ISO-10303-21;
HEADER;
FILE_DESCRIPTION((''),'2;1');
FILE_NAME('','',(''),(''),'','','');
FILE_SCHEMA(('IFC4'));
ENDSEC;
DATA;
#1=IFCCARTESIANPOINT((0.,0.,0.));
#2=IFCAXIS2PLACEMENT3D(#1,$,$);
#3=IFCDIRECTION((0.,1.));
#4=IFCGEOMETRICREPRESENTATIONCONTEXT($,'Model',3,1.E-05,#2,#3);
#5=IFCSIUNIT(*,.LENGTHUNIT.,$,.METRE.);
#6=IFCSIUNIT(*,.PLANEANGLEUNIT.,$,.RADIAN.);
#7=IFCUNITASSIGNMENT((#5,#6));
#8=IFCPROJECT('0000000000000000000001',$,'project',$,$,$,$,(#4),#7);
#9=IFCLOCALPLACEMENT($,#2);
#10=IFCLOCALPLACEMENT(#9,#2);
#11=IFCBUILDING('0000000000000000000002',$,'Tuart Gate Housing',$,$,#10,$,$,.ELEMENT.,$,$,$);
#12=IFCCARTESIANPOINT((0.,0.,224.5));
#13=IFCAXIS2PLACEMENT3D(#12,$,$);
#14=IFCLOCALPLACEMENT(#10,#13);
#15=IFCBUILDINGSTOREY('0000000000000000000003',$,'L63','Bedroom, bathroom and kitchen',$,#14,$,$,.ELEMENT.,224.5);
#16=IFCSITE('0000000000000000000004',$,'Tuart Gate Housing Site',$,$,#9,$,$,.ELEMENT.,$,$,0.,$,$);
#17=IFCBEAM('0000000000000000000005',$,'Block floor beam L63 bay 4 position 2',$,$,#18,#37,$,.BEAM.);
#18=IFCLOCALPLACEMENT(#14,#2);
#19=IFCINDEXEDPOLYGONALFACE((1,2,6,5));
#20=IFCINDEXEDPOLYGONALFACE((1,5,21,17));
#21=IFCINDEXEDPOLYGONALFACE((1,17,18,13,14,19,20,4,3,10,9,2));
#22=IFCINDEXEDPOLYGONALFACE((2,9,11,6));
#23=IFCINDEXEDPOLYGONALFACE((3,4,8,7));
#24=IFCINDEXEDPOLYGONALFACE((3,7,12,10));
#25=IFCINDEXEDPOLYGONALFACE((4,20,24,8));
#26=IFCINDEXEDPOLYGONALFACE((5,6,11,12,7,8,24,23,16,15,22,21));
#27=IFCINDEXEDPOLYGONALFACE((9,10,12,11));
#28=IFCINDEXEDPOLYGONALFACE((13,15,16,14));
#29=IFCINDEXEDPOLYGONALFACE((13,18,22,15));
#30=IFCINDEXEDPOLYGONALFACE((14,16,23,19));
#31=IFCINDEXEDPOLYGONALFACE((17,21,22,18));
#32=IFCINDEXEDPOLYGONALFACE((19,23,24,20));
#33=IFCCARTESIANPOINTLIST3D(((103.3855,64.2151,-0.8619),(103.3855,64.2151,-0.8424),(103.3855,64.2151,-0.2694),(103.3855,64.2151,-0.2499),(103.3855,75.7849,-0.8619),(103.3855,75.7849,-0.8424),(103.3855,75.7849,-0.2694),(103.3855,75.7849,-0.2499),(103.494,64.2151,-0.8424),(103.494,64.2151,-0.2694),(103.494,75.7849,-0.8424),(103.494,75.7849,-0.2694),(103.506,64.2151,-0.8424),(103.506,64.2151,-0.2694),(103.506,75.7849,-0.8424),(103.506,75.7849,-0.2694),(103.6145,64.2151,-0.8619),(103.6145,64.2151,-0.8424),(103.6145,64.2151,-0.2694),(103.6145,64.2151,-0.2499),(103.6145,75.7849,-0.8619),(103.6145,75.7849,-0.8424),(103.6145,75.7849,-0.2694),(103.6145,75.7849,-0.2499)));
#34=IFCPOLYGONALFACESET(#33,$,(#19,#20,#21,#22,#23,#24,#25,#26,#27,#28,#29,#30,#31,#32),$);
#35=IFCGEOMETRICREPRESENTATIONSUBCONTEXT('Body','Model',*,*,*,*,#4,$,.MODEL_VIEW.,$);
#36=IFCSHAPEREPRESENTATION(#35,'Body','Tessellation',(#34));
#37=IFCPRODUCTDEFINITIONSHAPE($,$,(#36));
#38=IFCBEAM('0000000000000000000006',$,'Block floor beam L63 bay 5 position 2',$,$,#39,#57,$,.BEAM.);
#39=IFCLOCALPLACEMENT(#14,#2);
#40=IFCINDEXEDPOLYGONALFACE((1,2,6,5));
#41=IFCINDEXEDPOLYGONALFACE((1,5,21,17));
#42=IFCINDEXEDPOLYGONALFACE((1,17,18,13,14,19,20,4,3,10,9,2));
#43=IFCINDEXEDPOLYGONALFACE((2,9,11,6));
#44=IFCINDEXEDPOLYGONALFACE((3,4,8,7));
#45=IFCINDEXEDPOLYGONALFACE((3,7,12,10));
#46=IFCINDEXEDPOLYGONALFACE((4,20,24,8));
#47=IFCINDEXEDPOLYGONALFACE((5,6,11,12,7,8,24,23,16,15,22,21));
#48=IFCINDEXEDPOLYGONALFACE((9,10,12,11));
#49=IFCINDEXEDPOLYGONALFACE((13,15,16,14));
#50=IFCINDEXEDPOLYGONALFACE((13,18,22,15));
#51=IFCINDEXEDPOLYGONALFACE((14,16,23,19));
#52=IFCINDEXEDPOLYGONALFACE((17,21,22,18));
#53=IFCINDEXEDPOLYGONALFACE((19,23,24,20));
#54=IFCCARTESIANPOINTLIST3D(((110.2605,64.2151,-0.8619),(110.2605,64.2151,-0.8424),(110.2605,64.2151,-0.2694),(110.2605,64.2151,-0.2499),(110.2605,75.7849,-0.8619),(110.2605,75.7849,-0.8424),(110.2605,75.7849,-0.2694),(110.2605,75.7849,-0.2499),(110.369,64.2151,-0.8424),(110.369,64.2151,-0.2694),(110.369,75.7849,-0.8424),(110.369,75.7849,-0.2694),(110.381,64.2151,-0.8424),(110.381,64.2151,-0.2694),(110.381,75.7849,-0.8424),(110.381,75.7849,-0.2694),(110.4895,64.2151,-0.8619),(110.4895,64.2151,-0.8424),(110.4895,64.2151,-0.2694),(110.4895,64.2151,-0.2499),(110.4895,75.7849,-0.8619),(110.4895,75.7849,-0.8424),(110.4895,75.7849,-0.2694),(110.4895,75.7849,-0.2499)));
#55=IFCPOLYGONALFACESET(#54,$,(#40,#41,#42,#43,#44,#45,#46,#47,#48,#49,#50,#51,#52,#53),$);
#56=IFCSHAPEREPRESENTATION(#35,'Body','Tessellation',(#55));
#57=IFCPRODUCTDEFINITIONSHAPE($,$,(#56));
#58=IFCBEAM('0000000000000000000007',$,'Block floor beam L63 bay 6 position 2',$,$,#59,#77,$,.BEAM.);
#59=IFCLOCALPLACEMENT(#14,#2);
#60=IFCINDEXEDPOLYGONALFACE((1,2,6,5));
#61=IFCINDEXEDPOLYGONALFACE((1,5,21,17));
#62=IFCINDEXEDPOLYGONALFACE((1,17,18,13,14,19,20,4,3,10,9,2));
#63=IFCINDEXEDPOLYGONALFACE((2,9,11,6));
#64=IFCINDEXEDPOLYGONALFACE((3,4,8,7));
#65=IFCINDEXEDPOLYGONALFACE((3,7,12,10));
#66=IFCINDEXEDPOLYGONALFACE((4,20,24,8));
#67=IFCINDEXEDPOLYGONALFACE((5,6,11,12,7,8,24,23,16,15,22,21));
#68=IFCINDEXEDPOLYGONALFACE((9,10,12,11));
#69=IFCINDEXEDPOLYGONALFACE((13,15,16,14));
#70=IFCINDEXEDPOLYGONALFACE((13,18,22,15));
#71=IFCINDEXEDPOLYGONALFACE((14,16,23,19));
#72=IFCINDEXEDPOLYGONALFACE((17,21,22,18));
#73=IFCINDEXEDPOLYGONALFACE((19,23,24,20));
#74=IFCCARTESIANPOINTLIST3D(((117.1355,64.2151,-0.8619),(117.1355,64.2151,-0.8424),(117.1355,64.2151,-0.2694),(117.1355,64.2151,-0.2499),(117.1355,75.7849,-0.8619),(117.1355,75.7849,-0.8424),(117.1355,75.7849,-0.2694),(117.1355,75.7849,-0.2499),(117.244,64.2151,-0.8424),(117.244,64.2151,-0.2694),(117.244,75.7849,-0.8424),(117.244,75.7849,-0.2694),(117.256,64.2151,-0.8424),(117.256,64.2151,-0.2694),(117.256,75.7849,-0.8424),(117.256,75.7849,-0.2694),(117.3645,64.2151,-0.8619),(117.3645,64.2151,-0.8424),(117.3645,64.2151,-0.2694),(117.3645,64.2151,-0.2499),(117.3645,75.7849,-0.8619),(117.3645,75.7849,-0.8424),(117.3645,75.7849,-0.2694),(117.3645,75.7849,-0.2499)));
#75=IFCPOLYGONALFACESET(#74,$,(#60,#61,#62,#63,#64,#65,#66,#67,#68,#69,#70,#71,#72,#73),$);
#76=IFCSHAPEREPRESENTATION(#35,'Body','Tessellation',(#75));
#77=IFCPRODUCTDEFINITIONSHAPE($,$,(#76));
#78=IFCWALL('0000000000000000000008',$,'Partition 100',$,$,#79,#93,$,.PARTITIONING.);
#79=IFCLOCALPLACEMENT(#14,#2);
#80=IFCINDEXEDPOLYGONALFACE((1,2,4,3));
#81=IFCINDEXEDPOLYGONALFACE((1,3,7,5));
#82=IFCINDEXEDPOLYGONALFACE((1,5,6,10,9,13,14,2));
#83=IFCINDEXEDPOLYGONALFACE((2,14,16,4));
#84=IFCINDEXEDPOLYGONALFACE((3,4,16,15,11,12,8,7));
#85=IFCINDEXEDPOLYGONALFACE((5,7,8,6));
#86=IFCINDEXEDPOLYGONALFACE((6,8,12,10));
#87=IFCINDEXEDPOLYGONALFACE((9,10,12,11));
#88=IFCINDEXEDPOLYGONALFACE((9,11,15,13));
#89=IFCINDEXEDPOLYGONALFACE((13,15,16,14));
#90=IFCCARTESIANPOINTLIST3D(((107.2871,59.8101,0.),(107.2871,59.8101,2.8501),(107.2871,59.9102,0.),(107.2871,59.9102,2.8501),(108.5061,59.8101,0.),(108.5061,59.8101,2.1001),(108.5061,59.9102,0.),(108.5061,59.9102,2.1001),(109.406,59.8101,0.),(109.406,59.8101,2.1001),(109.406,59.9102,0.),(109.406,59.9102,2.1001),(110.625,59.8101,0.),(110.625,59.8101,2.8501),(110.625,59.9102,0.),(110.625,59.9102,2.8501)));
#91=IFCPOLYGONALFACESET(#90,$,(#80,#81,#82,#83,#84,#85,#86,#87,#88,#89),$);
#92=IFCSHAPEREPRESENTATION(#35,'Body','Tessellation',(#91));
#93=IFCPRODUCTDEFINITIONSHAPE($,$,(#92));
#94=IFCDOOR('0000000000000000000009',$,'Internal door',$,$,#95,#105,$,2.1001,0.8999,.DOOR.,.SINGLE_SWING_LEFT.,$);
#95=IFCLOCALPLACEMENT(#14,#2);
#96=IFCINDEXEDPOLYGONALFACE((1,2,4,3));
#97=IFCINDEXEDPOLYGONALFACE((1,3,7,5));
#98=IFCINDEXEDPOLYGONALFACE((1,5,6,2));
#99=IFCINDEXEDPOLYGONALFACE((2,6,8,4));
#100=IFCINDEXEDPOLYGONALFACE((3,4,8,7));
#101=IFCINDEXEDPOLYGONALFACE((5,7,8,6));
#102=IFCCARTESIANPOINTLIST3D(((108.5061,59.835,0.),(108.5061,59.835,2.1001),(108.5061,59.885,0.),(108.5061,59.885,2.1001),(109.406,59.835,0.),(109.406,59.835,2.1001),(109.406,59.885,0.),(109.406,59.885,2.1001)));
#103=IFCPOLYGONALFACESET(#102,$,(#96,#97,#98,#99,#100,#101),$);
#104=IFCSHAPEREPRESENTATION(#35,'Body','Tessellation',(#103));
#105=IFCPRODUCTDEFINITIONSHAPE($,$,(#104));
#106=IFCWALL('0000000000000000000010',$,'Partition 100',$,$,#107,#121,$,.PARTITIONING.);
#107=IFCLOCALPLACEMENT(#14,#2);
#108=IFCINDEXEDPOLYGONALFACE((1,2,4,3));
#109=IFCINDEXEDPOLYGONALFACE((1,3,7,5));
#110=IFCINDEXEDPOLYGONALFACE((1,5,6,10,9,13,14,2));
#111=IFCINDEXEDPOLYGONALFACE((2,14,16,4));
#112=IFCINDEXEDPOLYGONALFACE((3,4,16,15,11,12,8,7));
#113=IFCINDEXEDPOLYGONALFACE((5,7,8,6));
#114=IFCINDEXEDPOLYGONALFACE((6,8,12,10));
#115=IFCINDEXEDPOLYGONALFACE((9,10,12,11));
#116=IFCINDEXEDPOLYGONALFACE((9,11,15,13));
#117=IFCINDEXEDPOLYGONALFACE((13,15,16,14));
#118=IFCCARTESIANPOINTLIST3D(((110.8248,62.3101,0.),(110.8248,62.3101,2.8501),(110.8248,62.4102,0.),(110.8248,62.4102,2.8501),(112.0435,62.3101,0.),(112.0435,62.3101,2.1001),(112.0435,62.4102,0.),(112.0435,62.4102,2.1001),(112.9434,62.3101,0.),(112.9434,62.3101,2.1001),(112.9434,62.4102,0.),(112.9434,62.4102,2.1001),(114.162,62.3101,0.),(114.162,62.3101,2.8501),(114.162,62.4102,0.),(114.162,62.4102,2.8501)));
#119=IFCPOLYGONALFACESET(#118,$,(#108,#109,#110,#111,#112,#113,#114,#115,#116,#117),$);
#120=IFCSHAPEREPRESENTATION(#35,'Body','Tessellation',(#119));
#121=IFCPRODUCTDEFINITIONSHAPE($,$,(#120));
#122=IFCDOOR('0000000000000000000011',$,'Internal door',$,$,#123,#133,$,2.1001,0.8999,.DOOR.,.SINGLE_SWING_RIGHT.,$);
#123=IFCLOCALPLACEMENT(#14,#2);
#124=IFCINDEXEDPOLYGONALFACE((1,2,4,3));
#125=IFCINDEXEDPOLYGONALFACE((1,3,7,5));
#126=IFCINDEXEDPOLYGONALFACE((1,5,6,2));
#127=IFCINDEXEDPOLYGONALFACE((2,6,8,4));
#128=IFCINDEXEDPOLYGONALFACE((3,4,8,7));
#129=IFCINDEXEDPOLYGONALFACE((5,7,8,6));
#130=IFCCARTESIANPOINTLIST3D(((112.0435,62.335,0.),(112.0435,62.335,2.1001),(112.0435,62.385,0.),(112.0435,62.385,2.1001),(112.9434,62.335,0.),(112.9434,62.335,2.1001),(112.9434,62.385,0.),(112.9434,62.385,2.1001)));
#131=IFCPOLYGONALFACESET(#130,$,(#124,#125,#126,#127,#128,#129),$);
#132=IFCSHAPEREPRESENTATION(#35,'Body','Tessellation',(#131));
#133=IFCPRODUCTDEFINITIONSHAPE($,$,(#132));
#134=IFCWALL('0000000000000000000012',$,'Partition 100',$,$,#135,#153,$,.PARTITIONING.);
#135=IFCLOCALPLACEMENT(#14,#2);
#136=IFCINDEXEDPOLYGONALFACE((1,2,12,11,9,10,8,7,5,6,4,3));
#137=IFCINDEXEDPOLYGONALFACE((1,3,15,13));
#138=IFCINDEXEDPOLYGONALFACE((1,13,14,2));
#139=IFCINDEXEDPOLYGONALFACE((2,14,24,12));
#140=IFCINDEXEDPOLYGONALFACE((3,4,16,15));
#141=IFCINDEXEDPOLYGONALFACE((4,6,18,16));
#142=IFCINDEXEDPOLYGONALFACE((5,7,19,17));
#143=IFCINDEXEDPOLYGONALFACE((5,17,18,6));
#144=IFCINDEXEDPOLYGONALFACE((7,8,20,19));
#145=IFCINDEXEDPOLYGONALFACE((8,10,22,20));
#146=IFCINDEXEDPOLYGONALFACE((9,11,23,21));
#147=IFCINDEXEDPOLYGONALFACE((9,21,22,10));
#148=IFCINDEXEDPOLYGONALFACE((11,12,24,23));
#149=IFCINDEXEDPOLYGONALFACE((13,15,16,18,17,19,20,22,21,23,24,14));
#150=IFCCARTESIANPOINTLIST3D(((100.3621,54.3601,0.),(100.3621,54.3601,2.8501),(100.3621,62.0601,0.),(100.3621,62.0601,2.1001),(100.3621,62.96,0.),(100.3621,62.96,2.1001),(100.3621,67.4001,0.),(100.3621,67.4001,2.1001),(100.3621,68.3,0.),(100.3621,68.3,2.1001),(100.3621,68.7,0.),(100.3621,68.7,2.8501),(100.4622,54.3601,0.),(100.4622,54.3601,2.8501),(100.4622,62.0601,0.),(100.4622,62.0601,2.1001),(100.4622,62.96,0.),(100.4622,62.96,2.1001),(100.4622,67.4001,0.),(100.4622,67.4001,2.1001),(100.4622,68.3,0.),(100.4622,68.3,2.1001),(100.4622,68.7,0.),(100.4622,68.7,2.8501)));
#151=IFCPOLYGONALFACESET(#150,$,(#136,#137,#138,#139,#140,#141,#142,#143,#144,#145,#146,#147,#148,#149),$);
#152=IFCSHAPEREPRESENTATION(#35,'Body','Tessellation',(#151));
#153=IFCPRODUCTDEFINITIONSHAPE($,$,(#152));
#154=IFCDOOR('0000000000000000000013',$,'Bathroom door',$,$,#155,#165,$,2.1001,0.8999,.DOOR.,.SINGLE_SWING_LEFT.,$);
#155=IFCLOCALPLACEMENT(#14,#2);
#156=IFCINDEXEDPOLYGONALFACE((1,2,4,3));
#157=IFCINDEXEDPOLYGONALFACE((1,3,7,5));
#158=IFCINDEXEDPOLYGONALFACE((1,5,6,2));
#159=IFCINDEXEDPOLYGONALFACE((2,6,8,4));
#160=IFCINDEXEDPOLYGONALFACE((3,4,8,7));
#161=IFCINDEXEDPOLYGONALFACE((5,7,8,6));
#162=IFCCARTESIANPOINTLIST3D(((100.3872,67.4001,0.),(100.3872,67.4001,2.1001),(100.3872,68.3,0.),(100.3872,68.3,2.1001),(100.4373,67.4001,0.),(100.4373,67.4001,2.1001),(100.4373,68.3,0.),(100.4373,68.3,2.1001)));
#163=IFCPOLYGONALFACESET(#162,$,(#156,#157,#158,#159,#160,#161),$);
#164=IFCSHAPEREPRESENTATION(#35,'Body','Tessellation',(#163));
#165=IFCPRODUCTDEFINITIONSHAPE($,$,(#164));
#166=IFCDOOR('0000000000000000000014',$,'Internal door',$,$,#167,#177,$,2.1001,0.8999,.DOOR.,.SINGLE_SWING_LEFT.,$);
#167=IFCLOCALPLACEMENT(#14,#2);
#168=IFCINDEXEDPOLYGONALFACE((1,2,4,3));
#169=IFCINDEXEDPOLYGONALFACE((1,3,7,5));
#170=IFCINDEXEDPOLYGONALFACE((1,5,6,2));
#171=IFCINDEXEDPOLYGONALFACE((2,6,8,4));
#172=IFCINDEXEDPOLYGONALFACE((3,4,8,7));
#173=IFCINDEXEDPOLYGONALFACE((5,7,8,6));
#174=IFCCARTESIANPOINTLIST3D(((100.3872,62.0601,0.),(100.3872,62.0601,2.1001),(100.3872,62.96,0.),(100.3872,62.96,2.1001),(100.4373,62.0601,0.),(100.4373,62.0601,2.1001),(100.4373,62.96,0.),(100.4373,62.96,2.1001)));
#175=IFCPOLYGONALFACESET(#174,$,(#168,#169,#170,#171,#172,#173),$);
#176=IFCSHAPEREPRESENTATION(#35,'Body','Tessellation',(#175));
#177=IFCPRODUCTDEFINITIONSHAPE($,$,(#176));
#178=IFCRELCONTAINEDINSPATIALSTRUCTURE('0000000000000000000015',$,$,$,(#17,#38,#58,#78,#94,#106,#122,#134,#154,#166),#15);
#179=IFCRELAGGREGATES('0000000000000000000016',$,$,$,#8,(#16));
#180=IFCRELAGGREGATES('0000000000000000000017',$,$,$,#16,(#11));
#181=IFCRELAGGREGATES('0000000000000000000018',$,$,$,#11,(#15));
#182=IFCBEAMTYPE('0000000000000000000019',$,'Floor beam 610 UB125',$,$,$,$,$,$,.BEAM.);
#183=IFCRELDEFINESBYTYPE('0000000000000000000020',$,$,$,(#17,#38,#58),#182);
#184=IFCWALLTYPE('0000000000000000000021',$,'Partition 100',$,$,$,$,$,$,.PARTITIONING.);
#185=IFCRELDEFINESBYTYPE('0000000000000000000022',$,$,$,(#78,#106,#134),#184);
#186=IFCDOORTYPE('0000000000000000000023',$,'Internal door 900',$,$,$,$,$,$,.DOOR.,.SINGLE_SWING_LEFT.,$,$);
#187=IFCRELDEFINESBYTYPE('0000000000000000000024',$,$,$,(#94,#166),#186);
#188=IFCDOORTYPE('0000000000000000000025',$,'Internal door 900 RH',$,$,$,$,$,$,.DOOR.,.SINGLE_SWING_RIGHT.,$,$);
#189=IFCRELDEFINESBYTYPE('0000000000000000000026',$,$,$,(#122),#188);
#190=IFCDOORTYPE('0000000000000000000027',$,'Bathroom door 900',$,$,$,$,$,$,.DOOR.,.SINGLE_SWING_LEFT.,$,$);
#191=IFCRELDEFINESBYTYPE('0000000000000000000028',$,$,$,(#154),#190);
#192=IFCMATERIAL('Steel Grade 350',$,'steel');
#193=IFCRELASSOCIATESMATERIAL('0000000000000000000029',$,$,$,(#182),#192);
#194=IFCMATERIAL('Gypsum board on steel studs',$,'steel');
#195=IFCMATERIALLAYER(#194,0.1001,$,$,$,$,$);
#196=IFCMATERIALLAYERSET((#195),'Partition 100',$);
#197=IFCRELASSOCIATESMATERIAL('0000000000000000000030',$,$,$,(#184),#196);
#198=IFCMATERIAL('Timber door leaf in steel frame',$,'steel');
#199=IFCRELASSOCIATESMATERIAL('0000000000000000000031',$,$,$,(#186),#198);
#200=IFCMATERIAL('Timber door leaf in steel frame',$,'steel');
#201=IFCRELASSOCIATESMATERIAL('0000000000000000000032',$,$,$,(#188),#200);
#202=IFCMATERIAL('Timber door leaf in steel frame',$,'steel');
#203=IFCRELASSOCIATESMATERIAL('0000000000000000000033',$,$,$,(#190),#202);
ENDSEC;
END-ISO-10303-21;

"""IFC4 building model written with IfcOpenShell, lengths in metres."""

from ifc_helpers import new_model, si_unit, direction, frame, frame_2d, origin, origin_2d, place, context, subcontext, project, spatial, rectangle, i_section, extrude, material, layer, layer_set, material_profile, profile_set, type_object, element, fill, save


model = new_model("IFC4")

# Units and contexts
model_context = context("Model", 3, precision=1e-05, world=origin(), true_north=direction((0.0, 1.0)))
body_context = subcontext(model_context, "Body", "Model", "MODEL_VIEW")
ifc_project = project(units=[si_unit("LENGTHUNIT", "METRE"), si_unit("PLANEANGLEUNIT", "RADIAN")], contexts=[model_context])

# Site, building, storey
site_placement = place(None, origin())
site = spatial("IfcSite", under=ifc_project, at=site_placement, Name="Tuart Gate Housing Site", CompositionType="ELEMENT", RefElevation=0.0)
building_placement = place(site_placement, origin())
building = spatial("IfcBuilding", under=site, at=building_placement, Name="Tuart Gate Housing", CompositionType="ELEMENT")
storey_placement = place(building_placement, frame((0.0, 0.0, 224.5)))
storey = spatial("IfcBuildingStorey", under=building, at=storey_placement, Name="L63", Description="Bedroom, bathroom and kitchen", CompositionType="ELEMENT", Elevation=224.5)

# Beams
ifc_material_1 = material(Name="Steel Grade 350", Category="steel")
ifc_material_profile_1 = material_profile(ifc_material_1, i_section(OverallWidth=0.229, OverallDepth=0.6121, WebThickness=0.012, FlangeThickness=0.0195, at=origin_2d()), Name="610UB125")
ifc_profile_set_1 = profile_set([ifc_material_profile_1], Name="Steel Grade 350")
beam_type_1 = type_object("IfcBeamType", Name="Floor beam 610 UB125", PredefinedType="BEAM", material=ifc_profile_set_1)
for number, where, z_axis, x_axis, name in (
    (1, (103.5, 64.2151, -0.5559), (0.0, 1.0, 0.0), (-1.0, 0.0, 0.0), "Block floor beam L63 bay 4 position 2"),
    (2, (110.375, 64.2151, -0.5559), (0.0, 1.0, 0.0), (-1.0, 0.0, 0.0), "Block floor beam L63 bay 5 position 2"),
    (3, (117.25, 64.2151, -0.5559), (0.0, 1.0, 0.0), (-1.0, 0.0, 0.0), "Block floor beam L63 bay 6 position 2"),
):
    element("IfcBeam", number, at=place(storey_placement, frame(where, z_axis=z_axis, x_axis=x_axis)), inside=storey, type_object=beam_type_1, Name=name, PredefinedType="BEAM", context=body_context, shape_type="SweptSolid", body=[
        extrude(i_section(OverallWidth=0.229, OverallDepth=0.6121, WebThickness=0.012, FlangeThickness=0.0195, at=origin_2d()), origin(), (0.0, 0.0, 1.0), 11.5698),
    ])

# Walls, openings, doors
ifc_material_2 = material(Name="Gypsum board on steel studs", Category="steel")
ifc_layer_1 = layer(ifc_material_2, 0.1001)
ifc_layer_set_1 = layer_set([ifc_layer_1], Name="Partition 100")
wall_type_1 = type_object("IfcWallType", Name="Partition 100", PredefinedType="PARTITIONING", material=ifc_layer_set_1)
wall_1_placement = place(storey_placement, frame((107.2871, 59.8601, 0.0), z_axis=(0.0, 0.0, 1.0), x_axis=(1.0, 0.0, 0.0)))
wall_1 = element("IfcWall", 4, at=wall_1_placement, inside=storey, type_object=wall_type_1, Name="Partition 100", PredefinedType="PARTITIONING", context=body_context, shape_type="SweptSolid", body=[
    extrude(rectangle(XDim=3.3379, YDim=0.1001, at=frame_2d((1.6689, 0.0))), origin(), (0.0, 0.0, 1.0), 2.8501),
])
opening_1_placement = place(wall_1_placement, frame((1.219, 0.0, 0.0)))
opening_1 = element("IfcOpeningElement", 5, at=opening_1_placement, cuts=wall_1, PredefinedType="OPENING", context=body_context, shape_type="SweptSolid", body=[
    extrude(rectangle(XDim=0.8999, YDim=2.1001, at=frame_2d((0.45, 1.05))), frame((0.0, 0.0601, 0.0), z_axis=(0.0, -1.0, 0.0), x_axis=(1.0, 0.0, 0.0)), (0.0, 0.0, 1.0), 0.1201),
])
ifc_material_3 = material(Name="Timber door leaf in steel frame", Category="steel")
door_type_1 = type_object("IfcDoorType", Name="Internal door 900", OperationType="SINGLE_SWING_LEFT", PredefinedType="DOOR", material=ifc_material_3)
door_1_placement = place(opening_1_placement, origin())
door_1 = element("IfcDoor", 6, at=door_1_placement, inside=storey, type_object=door_type_1, Name="Internal door", OperationType="SINGLE_SWING_LEFT", OverallHeight=2.1001, OverallWidth=0.8999, PredefinedType="DOOR", context=body_context, shape_type="SweptSolid", body=[
    extrude(rectangle(XDim=0.8999, YDim=2.1001, at=frame_2d((0.45, 1.05))), frame((0.0, 0.0249, 0.0), z_axis=(0.0, -1.0, 0.0), x_axis=(1.0, 0.0, 0.0)), (0.0, 0.0, 1.0), 0.05),
])
fill(opening_1, door_1)
wall_2_placement = place(storey_placement, frame((110.825, 62.3601, 0.0), z_axis=(0.0, 0.0, 1.0), x_axis=(1.0, 0.0, 0.0)))
wall_2 = element("IfcWall", 7, at=wall_2_placement, inside=storey, type_object=wall_type_1, Name="Partition 100", PredefinedType="PARTITIONING", context=body_context, shape_type="SweptSolid", body=[
    extrude(rectangle(XDim=3.3372, YDim=0.1001, at=frame_2d((1.6685, 0.0))), origin(), (0.0, 0.0, 1.0), 2.8501),
])
opening_2_placement = place(wall_2_placement, frame((1.2185, 0.0, 0.0)))
opening_2 = element("IfcOpeningElement", 8, at=opening_2_placement, cuts=wall_2, PredefinedType="OPENING", context=body_context, shape_type="SweptSolid", body=[
    extrude(rectangle(XDim=0.8999, YDim=2.1001, at=frame_2d((0.45, 1.05))), frame((0.0, 0.0601, 0.0), z_axis=(0.0, -1.0, 0.0), x_axis=(1.0, 0.0, 0.0)), (0.0, 0.0, 1.0), 0.1201),
])
ifc_material_4 = material(Name="Timber door leaf in steel frame", Category="steel")
door_type_2 = type_object("IfcDoorType", Name="Internal door 900 RH", OperationType="SINGLE_SWING_RIGHT", PredefinedType="DOOR", material=ifc_material_4)
door_2_placement = place(opening_2_placement, origin())
door_2 = element("IfcDoor", 9, at=door_2_placement, inside=storey, type_object=door_type_2, Name="Internal door", OperationType="SINGLE_SWING_RIGHT", OverallHeight=2.1001, OverallWidth=0.8999, PredefinedType="DOOR", context=body_context, shape_type="SweptSolid", body=[
    extrude(rectangle(XDim=0.8999, YDim=2.1001, at=frame_2d((0.45, 1.05))), frame((0.0, 0.0249, 0.0), z_axis=(0.0, -1.0, 0.0), x_axis=(1.0, 0.0, 0.0)), (0.0, 0.0, 1.0), 0.05),
])
fill(opening_2, door_2)

# Wall, openings, doors
wall_3_placement = place(storey_placement, frame((100.4121, 54.3601, 0.0), z_axis=(0.0, 0.0, 1.0), x_axis=(0.0, 1.0, 0.0)))
wall_3 = element("IfcWall", 10, at=wall_3_placement, inside=storey, type_object=wall_type_1, Name="Partition 100", PredefinedType="PARTITIONING", context=body_context, shape_type="SweptSolid", body=[
    extrude(rectangle(XDim=14.3398, YDim=0.1001, at=frame_2d((7.1699, 0.0))), origin(), (0.0, 0.0, 1.0), 2.8501),
])
opening_3_placement = place(wall_3_placement, frame((7.7, 0.0, 0.0)))
opening_3 = element("IfcOpeningElement", 11, at=opening_3_placement, cuts=wall_3, PredefinedType="OPENING", context=body_context, shape_type="SweptSolid", body=[
    extrude(rectangle(XDim=0.8999, YDim=2.1001, at=frame_2d((0.45, 1.05))), frame((0.0, 0.0601, 0.0), z_axis=(0.0, -1.0, 0.0), x_axis=(1.0, 0.0, 0.0)), (0.0, 0.0, 1.0), 0.1201),
])
opening_4_placement = place(wall_3_placement, frame((13.04, 0.0, 0.0)))
opening_4 = element("IfcOpeningElement", 12, at=opening_4_placement, cuts=wall_3, PredefinedType="OPENING", context=body_context, shape_type="SweptSolid", body=[
    extrude(rectangle(XDim=0.8999, YDim=2.1001, at=frame_2d((0.45, 1.05))), frame((0.0, 0.0601, 0.0), z_axis=(0.0, -1.0, 0.0), x_axis=(1.0, 0.0, 0.0)), (0.0, 0.0, 1.0), 0.1201),
])
ifc_material_5 = material(Name="Timber door leaf in steel frame", Category="steel")
door_type_3 = type_object("IfcDoorType", Name="Bathroom door 900", OperationType="SINGLE_SWING_LEFT", PredefinedType="DOOR", material=ifc_material_5)
door_3_placement = place(opening_4_placement, frame((0.8999, 0.0, 0.0), z_axis=(0.0, 0.0, 1.0), x_axis=(-1.0, 0.0, 0.0)))
door_3 = element("IfcDoor", 13, at=door_3_placement, inside=storey, type_object=door_type_3, Name="Bathroom door", OperationType="SINGLE_SWING_LEFT", OverallHeight=2.1001, OverallWidth=0.8999, PredefinedType="DOOR", context=body_context, shape_type="SweptSolid", body=[
    extrude(rectangle(XDim=0.8999, YDim=2.1001, at=frame_2d((0.45, 1.05))), frame((0.0, 0.0251, 0.0), z_axis=(0.0, -1.0, 0.0), x_axis=(1.0, 0.0, 0.0)), (0.0, 0.0, 1.0), 0.05),
])
fill(opening_4, door_3)
door_4_placement = place(opening_3_placement, frame((0.8999, 0.0, 0.0), z_axis=(0.0, 0.0, 1.0), x_axis=(-1.0, 0.0, 0.0)))
door_4 = element("IfcDoor", 14, at=door_4_placement, inside=storey, type_object=door_type_1, Name="Internal door", OperationType="SINGLE_SWING_LEFT", OverallHeight=2.1001, OverallWidth=0.8999, PredefinedType="DOOR", context=body_context, shape_type="SweptSolid", body=[
    extrude(rectangle(XDim=0.8999, YDim=2.1001, at=frame_2d((0.45, 1.05))), frame((0.0, 0.0251, 0.0), z_axis=(0.0, -1.0, 0.0), x_axis=(1.0, 0.0, 0.0)), (0.0, 0.0, 1.0), 0.05),
])
fill(opening_3, door_4)

save(model, "model.ifc")
